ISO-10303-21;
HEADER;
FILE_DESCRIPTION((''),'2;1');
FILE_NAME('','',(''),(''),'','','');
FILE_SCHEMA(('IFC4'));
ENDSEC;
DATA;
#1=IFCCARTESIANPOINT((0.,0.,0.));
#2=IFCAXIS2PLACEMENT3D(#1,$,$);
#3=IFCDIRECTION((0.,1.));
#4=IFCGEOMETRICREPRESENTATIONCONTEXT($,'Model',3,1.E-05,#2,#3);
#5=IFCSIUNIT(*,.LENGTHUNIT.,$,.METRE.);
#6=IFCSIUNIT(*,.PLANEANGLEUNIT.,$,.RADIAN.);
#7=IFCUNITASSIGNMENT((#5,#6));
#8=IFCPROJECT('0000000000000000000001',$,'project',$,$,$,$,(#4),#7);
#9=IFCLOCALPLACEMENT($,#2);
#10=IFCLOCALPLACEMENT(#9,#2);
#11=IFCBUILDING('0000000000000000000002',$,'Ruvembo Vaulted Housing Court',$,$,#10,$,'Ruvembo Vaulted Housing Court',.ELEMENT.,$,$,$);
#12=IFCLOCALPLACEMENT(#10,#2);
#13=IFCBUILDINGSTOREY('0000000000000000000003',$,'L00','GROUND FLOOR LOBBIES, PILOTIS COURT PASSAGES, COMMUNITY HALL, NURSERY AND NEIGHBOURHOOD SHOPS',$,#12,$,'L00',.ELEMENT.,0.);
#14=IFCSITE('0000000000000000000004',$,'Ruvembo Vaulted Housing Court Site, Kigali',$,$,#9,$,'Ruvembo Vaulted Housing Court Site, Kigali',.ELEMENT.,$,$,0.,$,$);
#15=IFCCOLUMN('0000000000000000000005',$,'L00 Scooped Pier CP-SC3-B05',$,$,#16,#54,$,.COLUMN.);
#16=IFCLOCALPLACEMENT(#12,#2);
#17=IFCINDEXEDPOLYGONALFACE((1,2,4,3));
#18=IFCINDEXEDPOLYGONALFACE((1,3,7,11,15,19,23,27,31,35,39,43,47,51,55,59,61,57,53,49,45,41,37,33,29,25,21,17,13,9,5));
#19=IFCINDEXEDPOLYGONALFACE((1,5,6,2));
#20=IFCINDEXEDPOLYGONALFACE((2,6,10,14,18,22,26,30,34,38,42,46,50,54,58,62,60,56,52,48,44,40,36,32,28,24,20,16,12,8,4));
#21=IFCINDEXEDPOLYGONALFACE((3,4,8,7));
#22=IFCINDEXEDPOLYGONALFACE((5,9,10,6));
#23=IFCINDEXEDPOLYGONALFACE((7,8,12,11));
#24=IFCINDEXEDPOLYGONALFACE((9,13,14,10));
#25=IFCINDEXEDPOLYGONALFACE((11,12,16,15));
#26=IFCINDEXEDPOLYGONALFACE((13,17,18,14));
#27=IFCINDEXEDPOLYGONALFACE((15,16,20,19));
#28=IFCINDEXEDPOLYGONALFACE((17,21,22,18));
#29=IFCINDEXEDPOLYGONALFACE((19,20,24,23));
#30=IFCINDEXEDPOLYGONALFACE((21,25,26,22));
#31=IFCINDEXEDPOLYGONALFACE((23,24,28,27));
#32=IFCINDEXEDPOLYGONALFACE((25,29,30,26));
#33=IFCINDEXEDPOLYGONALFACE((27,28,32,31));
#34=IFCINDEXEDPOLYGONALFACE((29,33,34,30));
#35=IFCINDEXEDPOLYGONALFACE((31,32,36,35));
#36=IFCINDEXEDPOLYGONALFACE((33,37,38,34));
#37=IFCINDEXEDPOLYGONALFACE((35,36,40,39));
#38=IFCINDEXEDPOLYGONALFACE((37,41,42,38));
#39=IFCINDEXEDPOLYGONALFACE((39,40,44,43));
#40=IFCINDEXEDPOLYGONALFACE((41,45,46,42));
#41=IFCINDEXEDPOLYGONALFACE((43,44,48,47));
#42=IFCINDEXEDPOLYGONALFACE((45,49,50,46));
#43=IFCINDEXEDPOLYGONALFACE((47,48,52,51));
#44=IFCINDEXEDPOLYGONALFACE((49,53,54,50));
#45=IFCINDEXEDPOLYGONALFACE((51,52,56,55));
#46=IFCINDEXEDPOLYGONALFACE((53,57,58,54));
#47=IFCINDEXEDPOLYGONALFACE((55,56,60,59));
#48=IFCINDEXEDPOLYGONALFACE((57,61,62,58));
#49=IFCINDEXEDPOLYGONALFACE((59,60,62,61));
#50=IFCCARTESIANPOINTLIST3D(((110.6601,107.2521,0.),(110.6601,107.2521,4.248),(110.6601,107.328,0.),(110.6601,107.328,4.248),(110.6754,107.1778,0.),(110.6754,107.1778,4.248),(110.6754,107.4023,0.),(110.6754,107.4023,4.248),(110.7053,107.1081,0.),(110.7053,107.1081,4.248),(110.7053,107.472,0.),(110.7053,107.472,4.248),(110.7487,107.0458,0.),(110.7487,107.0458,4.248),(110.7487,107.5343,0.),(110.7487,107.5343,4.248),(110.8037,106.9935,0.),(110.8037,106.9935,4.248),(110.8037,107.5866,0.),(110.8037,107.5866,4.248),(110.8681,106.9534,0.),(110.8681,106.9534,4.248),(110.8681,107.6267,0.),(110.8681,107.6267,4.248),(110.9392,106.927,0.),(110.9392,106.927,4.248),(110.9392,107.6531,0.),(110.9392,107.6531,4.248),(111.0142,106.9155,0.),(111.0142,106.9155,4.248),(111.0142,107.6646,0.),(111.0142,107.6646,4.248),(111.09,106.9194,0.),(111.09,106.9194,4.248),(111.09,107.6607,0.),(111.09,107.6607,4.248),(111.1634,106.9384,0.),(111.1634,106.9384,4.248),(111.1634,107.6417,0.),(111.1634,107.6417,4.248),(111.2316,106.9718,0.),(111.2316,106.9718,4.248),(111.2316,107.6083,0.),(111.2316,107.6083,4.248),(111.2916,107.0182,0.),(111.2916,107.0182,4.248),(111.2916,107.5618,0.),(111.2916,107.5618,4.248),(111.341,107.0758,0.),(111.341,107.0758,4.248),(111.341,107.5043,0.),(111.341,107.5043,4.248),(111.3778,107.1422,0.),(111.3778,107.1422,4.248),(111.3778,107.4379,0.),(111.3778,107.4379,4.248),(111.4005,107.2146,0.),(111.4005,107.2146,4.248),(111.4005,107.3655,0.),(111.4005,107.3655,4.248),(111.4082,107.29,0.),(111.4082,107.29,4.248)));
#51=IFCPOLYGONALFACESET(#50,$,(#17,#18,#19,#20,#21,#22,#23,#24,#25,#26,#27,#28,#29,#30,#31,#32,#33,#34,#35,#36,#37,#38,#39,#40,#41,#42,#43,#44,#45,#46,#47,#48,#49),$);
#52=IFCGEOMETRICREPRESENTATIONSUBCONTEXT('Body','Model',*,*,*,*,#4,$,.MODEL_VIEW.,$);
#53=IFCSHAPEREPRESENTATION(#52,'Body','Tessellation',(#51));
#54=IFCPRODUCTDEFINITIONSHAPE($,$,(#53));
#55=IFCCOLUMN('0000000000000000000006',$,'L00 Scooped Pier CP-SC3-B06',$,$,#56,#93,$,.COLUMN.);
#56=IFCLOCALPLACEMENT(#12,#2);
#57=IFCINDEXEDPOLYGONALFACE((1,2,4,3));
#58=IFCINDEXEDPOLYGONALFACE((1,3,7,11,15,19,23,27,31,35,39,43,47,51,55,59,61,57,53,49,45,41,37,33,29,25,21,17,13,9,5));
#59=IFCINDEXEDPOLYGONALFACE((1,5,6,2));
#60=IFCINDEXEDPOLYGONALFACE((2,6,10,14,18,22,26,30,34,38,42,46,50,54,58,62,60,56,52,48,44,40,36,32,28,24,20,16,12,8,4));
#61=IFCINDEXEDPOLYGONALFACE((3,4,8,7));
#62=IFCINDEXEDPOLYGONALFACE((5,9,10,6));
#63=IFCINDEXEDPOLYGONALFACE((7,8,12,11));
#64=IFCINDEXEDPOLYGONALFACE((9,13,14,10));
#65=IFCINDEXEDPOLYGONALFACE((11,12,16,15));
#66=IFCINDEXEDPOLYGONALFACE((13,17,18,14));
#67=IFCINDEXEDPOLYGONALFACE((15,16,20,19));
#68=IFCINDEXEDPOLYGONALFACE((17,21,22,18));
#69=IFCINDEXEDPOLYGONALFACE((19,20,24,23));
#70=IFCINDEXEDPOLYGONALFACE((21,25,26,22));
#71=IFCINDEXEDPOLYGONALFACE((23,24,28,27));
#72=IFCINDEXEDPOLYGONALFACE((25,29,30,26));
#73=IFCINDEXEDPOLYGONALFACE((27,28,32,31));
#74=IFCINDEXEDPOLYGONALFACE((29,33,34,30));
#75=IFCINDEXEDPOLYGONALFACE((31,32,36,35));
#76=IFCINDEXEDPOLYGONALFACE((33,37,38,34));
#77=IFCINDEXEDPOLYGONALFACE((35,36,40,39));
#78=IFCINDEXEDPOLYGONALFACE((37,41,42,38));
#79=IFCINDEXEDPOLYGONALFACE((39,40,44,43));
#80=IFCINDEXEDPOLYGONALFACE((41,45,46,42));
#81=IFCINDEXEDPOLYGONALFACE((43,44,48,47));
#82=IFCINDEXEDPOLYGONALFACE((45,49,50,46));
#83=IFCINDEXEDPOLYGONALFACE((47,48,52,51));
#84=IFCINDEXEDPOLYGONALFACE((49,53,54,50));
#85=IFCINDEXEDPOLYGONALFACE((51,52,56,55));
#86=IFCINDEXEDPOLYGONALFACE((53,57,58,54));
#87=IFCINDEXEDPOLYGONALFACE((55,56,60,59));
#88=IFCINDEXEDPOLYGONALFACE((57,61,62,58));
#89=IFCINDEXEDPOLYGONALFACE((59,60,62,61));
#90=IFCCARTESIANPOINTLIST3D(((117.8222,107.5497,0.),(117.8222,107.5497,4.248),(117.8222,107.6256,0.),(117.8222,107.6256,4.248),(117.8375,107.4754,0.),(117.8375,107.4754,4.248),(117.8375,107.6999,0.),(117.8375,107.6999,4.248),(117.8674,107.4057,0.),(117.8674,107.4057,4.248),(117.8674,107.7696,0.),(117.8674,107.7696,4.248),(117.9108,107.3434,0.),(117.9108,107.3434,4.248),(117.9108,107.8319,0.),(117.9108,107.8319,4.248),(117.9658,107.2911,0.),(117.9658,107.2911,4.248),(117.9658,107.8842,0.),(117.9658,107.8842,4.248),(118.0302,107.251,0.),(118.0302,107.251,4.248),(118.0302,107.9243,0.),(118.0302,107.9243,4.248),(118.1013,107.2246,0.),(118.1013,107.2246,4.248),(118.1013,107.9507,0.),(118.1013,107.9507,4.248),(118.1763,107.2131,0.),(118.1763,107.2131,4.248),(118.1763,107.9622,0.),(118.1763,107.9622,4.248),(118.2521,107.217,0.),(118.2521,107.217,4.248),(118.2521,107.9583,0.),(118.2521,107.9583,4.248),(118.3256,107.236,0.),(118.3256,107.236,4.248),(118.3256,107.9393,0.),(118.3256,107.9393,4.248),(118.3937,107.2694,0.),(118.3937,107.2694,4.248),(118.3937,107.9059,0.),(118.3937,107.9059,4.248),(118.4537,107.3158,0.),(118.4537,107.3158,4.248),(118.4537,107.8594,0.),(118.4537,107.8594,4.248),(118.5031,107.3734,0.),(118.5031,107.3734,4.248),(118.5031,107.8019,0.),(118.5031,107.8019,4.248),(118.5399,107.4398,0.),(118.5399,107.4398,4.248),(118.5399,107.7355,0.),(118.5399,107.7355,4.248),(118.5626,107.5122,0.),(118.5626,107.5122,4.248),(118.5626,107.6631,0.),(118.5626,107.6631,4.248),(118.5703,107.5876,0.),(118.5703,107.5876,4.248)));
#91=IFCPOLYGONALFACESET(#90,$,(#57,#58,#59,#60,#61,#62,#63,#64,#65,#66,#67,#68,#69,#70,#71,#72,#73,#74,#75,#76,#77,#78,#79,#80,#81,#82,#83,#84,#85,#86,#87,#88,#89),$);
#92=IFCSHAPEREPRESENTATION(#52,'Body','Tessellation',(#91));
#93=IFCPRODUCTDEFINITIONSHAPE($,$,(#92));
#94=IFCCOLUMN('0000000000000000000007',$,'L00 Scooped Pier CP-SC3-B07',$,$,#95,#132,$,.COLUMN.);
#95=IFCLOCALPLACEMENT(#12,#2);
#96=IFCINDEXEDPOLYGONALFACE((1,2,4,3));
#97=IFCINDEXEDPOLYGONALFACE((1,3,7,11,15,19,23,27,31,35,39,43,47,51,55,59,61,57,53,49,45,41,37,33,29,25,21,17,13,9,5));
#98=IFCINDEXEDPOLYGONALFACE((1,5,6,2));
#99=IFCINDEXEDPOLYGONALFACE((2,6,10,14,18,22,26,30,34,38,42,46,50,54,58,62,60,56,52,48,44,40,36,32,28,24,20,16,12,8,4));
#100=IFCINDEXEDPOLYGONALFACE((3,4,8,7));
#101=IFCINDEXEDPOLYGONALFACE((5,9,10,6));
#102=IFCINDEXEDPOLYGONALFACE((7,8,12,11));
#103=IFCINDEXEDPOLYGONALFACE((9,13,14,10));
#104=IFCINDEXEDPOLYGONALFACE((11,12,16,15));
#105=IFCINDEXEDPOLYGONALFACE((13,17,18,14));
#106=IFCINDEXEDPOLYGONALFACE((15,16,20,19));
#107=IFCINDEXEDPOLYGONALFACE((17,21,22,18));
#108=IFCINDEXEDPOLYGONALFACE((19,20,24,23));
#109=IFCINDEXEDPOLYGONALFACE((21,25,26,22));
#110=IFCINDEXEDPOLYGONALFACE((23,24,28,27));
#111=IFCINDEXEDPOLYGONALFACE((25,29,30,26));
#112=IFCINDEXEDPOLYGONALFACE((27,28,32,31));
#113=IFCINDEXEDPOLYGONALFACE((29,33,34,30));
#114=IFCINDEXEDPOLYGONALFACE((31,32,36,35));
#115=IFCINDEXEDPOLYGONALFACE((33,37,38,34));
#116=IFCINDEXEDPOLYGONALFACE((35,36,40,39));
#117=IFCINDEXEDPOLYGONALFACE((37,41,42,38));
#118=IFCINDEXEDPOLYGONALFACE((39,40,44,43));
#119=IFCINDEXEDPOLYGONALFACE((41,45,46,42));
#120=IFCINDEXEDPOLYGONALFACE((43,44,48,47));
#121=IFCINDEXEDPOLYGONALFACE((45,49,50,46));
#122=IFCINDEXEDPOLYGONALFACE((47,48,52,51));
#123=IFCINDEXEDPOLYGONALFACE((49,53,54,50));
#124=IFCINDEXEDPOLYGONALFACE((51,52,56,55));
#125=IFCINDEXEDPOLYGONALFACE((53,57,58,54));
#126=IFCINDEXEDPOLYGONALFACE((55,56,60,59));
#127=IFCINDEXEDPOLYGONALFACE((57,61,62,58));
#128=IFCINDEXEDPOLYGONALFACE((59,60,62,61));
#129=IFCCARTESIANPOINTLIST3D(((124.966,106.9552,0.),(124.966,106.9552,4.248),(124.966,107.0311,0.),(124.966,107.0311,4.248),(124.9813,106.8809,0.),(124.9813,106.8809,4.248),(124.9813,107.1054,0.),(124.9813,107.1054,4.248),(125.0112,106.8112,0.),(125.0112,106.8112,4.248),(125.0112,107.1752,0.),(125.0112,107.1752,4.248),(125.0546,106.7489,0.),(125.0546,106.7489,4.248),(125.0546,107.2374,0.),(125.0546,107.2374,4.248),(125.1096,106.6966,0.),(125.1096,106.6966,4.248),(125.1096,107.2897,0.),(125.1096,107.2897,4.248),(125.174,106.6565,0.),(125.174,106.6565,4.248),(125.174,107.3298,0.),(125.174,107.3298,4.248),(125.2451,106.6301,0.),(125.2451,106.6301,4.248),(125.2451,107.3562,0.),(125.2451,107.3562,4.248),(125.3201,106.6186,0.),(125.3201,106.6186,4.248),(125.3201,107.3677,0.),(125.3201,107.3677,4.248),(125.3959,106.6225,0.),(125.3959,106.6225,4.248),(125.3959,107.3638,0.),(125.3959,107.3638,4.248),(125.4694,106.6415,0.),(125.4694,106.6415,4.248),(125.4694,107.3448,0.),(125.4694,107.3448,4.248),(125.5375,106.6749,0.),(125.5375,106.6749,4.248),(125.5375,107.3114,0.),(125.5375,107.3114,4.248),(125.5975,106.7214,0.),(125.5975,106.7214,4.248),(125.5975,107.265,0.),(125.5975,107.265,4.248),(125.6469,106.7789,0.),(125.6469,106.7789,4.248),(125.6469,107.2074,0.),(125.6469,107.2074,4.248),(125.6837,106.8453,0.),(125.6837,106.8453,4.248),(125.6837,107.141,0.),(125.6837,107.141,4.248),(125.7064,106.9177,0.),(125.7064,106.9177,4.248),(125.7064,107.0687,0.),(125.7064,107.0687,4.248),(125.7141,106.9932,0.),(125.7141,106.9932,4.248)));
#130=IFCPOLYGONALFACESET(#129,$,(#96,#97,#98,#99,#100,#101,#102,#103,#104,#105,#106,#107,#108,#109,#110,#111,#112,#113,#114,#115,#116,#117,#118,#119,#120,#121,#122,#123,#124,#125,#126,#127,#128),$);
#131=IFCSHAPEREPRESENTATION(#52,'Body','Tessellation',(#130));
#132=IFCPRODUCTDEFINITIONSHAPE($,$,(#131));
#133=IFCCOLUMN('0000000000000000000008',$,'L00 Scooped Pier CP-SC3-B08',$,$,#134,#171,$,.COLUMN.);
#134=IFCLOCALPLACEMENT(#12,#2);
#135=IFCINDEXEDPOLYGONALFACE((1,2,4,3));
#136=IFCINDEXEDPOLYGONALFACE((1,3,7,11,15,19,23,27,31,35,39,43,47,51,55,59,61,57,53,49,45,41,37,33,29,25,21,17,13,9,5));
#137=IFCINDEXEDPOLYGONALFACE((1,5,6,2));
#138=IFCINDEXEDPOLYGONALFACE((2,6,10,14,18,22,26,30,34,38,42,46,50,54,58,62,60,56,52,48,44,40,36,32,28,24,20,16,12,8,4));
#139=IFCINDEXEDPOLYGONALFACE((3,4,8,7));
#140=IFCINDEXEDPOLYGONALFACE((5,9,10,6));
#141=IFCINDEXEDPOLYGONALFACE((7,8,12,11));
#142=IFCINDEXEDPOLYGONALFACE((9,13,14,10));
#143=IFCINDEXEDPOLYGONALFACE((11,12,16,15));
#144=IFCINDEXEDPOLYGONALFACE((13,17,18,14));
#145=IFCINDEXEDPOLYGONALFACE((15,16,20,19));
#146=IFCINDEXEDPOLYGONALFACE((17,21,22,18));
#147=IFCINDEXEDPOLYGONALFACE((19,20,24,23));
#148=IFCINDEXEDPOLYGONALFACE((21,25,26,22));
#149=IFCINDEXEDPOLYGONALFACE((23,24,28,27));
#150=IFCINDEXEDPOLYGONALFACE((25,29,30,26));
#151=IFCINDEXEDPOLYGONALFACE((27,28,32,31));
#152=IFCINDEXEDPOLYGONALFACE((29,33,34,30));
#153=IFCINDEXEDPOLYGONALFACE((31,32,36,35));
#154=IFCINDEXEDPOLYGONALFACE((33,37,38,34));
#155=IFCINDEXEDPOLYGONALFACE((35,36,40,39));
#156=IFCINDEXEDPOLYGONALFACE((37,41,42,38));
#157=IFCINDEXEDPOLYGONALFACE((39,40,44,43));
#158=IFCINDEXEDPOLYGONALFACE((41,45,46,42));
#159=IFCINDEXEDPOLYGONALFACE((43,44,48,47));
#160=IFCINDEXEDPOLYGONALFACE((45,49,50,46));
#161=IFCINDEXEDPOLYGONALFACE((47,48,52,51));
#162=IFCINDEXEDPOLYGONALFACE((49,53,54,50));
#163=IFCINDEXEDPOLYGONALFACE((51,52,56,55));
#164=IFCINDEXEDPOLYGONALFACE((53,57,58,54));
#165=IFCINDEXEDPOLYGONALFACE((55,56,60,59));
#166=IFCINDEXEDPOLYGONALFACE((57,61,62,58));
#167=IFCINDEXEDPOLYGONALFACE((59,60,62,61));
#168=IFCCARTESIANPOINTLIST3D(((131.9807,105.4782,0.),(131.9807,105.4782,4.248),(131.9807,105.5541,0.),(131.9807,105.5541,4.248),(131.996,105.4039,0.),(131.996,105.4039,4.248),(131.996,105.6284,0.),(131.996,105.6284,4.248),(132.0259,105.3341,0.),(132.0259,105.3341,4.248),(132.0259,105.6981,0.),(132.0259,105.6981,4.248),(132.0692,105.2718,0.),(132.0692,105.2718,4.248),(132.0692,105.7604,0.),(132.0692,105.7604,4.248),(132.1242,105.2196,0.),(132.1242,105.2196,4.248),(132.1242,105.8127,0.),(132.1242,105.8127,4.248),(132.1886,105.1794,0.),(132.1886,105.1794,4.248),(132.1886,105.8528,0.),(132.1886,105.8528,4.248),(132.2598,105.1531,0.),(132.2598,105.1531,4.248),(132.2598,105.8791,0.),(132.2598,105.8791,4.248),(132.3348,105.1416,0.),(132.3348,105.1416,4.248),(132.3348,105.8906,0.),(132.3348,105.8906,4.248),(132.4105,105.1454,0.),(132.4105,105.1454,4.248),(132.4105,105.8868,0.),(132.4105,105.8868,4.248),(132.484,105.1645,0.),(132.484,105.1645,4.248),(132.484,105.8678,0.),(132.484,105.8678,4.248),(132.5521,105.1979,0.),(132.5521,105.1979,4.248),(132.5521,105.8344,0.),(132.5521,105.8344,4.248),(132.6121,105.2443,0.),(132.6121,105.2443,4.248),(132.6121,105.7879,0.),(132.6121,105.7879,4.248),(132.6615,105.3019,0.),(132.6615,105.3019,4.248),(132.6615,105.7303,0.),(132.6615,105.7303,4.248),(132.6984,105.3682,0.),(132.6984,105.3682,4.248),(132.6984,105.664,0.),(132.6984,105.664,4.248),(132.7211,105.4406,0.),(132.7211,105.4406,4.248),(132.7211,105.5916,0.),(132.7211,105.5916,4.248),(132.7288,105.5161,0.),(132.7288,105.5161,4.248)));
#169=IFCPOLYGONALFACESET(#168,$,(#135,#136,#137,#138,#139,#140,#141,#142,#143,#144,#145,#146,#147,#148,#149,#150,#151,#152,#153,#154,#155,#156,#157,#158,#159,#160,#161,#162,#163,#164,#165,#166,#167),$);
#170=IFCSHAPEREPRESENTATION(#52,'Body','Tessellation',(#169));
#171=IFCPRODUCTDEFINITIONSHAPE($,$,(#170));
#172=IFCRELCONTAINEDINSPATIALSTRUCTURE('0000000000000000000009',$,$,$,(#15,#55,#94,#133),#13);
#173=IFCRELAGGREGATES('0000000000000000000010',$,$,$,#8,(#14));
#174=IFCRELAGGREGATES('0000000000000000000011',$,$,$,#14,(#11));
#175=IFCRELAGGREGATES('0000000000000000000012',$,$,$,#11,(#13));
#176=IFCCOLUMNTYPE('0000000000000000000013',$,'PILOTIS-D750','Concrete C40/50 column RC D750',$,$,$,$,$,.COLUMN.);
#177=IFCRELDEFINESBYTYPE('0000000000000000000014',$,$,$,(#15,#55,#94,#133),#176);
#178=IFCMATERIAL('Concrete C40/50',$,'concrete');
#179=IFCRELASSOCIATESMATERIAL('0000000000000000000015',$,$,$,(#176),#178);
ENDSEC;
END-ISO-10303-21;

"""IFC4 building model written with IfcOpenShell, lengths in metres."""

from ifc_helpers import new_model, si_unit, direction, frame, origin, origin_2d, place, context, subcontext, project, spatial, circle, extrude, material, material_profile, profile_set, type_object, element, save


model = new_model("IFC4")

# Units and contexts
model_context = context("Model", 3, precision=1e-05, world=origin(), true_north=direction((0.0, 1.0)))
body_context = subcontext(model_context, "Body", "Model", "MODEL_VIEW")
ifc_project = project(units=[si_unit("LENGTHUNIT", "METRE"), si_unit("PLANEANGLEUNIT", "RADIAN")], contexts=[model_context])

# Site, building, storey
site_placement = place(None, origin())
site = spatial("IfcSite", under=ifc_project, at=site_placement, Name="Ruvembo Vaulted Housing Court Site, Kigali", LongName="Ruvembo Vaulted Housing Court Site, Kigali", CompositionType="ELEMENT", RefElevation=0.0)
building_placement = place(site_placement, origin())
building = spatial("IfcBuilding", under=site, at=building_placement, Name="Ruvembo Vaulted Housing Court", LongName="Ruvembo Vaulted Housing Court", CompositionType="ELEMENT")
storey_placement = place(building_placement, origin())
storey = spatial("IfcBuildingStorey", under=building, at=storey_placement, Name="L00", Description="GROUND FLOOR LOBBIES, PILOTIS COURT PASSAGES, COMMUNITY HALL, NURSERY AND NEIGHBOURHOOD SHOPS", LongName="L00", CompositionType="ELEMENT", Elevation=0.0)

# Columns
ifc_material_1 = material(Name="Concrete C40/50", Category="concrete")
ifc_material_profile_1 = material_profile(ifc_material_1, circle(Radius=0.375, at=origin_2d()), Name="RC D750")
ifc_profile_set_1 = profile_set([ifc_material_profile_1], Name="Concrete C40/50")
column_type_1 = type_object("IfcColumnType", Name="PILOTIS-D750", Description="Concrete C40/50 column RC D750", PredefinedType="COLUMN", material=ifc_profile_set_1)
for number, where, z_axis, x_axis, name in (
    (1, (111.0332, 107.29, 0.0), (0.0, 0.0, 1.0), (1.0, 0.0, 0.0), "L00 Scooped Pier CP-SC3-B05"),
    (2, (118.1953, 107.5876, 0.0), (0.0, 0.0, 1.0), (1.0, 0.0, 0.0), "L00 Scooped Pier CP-SC3-B06"),
    (3, (125.3391, 106.9932, 0.0), (0.0, 0.0, 1.0), (1.0, 0.0, 0.0), "L00 Scooped Pier CP-SC3-B07"),
    (4, (132.3538, 105.5161, 0.0), (0.0, 0.0, 1.0), (1.0, 0.0, 0.0), "L00 Scooped Pier CP-SC3-B08"),
):
    element("IfcColumn", number, at=place(storey_placement, frame(where, z_axis=z_axis, x_axis=x_axis)), inside=storey, type_object=column_type_1, Name=name, PredefinedType="COLUMN", context=body_context, shape_type="SweptSolid", body=[
        extrude(circle(Radius=0.375, at=origin_2d()), origin(), (0.0, 0.0, 1.0), 4.248),
    ])

save(model, "model.ifc")
